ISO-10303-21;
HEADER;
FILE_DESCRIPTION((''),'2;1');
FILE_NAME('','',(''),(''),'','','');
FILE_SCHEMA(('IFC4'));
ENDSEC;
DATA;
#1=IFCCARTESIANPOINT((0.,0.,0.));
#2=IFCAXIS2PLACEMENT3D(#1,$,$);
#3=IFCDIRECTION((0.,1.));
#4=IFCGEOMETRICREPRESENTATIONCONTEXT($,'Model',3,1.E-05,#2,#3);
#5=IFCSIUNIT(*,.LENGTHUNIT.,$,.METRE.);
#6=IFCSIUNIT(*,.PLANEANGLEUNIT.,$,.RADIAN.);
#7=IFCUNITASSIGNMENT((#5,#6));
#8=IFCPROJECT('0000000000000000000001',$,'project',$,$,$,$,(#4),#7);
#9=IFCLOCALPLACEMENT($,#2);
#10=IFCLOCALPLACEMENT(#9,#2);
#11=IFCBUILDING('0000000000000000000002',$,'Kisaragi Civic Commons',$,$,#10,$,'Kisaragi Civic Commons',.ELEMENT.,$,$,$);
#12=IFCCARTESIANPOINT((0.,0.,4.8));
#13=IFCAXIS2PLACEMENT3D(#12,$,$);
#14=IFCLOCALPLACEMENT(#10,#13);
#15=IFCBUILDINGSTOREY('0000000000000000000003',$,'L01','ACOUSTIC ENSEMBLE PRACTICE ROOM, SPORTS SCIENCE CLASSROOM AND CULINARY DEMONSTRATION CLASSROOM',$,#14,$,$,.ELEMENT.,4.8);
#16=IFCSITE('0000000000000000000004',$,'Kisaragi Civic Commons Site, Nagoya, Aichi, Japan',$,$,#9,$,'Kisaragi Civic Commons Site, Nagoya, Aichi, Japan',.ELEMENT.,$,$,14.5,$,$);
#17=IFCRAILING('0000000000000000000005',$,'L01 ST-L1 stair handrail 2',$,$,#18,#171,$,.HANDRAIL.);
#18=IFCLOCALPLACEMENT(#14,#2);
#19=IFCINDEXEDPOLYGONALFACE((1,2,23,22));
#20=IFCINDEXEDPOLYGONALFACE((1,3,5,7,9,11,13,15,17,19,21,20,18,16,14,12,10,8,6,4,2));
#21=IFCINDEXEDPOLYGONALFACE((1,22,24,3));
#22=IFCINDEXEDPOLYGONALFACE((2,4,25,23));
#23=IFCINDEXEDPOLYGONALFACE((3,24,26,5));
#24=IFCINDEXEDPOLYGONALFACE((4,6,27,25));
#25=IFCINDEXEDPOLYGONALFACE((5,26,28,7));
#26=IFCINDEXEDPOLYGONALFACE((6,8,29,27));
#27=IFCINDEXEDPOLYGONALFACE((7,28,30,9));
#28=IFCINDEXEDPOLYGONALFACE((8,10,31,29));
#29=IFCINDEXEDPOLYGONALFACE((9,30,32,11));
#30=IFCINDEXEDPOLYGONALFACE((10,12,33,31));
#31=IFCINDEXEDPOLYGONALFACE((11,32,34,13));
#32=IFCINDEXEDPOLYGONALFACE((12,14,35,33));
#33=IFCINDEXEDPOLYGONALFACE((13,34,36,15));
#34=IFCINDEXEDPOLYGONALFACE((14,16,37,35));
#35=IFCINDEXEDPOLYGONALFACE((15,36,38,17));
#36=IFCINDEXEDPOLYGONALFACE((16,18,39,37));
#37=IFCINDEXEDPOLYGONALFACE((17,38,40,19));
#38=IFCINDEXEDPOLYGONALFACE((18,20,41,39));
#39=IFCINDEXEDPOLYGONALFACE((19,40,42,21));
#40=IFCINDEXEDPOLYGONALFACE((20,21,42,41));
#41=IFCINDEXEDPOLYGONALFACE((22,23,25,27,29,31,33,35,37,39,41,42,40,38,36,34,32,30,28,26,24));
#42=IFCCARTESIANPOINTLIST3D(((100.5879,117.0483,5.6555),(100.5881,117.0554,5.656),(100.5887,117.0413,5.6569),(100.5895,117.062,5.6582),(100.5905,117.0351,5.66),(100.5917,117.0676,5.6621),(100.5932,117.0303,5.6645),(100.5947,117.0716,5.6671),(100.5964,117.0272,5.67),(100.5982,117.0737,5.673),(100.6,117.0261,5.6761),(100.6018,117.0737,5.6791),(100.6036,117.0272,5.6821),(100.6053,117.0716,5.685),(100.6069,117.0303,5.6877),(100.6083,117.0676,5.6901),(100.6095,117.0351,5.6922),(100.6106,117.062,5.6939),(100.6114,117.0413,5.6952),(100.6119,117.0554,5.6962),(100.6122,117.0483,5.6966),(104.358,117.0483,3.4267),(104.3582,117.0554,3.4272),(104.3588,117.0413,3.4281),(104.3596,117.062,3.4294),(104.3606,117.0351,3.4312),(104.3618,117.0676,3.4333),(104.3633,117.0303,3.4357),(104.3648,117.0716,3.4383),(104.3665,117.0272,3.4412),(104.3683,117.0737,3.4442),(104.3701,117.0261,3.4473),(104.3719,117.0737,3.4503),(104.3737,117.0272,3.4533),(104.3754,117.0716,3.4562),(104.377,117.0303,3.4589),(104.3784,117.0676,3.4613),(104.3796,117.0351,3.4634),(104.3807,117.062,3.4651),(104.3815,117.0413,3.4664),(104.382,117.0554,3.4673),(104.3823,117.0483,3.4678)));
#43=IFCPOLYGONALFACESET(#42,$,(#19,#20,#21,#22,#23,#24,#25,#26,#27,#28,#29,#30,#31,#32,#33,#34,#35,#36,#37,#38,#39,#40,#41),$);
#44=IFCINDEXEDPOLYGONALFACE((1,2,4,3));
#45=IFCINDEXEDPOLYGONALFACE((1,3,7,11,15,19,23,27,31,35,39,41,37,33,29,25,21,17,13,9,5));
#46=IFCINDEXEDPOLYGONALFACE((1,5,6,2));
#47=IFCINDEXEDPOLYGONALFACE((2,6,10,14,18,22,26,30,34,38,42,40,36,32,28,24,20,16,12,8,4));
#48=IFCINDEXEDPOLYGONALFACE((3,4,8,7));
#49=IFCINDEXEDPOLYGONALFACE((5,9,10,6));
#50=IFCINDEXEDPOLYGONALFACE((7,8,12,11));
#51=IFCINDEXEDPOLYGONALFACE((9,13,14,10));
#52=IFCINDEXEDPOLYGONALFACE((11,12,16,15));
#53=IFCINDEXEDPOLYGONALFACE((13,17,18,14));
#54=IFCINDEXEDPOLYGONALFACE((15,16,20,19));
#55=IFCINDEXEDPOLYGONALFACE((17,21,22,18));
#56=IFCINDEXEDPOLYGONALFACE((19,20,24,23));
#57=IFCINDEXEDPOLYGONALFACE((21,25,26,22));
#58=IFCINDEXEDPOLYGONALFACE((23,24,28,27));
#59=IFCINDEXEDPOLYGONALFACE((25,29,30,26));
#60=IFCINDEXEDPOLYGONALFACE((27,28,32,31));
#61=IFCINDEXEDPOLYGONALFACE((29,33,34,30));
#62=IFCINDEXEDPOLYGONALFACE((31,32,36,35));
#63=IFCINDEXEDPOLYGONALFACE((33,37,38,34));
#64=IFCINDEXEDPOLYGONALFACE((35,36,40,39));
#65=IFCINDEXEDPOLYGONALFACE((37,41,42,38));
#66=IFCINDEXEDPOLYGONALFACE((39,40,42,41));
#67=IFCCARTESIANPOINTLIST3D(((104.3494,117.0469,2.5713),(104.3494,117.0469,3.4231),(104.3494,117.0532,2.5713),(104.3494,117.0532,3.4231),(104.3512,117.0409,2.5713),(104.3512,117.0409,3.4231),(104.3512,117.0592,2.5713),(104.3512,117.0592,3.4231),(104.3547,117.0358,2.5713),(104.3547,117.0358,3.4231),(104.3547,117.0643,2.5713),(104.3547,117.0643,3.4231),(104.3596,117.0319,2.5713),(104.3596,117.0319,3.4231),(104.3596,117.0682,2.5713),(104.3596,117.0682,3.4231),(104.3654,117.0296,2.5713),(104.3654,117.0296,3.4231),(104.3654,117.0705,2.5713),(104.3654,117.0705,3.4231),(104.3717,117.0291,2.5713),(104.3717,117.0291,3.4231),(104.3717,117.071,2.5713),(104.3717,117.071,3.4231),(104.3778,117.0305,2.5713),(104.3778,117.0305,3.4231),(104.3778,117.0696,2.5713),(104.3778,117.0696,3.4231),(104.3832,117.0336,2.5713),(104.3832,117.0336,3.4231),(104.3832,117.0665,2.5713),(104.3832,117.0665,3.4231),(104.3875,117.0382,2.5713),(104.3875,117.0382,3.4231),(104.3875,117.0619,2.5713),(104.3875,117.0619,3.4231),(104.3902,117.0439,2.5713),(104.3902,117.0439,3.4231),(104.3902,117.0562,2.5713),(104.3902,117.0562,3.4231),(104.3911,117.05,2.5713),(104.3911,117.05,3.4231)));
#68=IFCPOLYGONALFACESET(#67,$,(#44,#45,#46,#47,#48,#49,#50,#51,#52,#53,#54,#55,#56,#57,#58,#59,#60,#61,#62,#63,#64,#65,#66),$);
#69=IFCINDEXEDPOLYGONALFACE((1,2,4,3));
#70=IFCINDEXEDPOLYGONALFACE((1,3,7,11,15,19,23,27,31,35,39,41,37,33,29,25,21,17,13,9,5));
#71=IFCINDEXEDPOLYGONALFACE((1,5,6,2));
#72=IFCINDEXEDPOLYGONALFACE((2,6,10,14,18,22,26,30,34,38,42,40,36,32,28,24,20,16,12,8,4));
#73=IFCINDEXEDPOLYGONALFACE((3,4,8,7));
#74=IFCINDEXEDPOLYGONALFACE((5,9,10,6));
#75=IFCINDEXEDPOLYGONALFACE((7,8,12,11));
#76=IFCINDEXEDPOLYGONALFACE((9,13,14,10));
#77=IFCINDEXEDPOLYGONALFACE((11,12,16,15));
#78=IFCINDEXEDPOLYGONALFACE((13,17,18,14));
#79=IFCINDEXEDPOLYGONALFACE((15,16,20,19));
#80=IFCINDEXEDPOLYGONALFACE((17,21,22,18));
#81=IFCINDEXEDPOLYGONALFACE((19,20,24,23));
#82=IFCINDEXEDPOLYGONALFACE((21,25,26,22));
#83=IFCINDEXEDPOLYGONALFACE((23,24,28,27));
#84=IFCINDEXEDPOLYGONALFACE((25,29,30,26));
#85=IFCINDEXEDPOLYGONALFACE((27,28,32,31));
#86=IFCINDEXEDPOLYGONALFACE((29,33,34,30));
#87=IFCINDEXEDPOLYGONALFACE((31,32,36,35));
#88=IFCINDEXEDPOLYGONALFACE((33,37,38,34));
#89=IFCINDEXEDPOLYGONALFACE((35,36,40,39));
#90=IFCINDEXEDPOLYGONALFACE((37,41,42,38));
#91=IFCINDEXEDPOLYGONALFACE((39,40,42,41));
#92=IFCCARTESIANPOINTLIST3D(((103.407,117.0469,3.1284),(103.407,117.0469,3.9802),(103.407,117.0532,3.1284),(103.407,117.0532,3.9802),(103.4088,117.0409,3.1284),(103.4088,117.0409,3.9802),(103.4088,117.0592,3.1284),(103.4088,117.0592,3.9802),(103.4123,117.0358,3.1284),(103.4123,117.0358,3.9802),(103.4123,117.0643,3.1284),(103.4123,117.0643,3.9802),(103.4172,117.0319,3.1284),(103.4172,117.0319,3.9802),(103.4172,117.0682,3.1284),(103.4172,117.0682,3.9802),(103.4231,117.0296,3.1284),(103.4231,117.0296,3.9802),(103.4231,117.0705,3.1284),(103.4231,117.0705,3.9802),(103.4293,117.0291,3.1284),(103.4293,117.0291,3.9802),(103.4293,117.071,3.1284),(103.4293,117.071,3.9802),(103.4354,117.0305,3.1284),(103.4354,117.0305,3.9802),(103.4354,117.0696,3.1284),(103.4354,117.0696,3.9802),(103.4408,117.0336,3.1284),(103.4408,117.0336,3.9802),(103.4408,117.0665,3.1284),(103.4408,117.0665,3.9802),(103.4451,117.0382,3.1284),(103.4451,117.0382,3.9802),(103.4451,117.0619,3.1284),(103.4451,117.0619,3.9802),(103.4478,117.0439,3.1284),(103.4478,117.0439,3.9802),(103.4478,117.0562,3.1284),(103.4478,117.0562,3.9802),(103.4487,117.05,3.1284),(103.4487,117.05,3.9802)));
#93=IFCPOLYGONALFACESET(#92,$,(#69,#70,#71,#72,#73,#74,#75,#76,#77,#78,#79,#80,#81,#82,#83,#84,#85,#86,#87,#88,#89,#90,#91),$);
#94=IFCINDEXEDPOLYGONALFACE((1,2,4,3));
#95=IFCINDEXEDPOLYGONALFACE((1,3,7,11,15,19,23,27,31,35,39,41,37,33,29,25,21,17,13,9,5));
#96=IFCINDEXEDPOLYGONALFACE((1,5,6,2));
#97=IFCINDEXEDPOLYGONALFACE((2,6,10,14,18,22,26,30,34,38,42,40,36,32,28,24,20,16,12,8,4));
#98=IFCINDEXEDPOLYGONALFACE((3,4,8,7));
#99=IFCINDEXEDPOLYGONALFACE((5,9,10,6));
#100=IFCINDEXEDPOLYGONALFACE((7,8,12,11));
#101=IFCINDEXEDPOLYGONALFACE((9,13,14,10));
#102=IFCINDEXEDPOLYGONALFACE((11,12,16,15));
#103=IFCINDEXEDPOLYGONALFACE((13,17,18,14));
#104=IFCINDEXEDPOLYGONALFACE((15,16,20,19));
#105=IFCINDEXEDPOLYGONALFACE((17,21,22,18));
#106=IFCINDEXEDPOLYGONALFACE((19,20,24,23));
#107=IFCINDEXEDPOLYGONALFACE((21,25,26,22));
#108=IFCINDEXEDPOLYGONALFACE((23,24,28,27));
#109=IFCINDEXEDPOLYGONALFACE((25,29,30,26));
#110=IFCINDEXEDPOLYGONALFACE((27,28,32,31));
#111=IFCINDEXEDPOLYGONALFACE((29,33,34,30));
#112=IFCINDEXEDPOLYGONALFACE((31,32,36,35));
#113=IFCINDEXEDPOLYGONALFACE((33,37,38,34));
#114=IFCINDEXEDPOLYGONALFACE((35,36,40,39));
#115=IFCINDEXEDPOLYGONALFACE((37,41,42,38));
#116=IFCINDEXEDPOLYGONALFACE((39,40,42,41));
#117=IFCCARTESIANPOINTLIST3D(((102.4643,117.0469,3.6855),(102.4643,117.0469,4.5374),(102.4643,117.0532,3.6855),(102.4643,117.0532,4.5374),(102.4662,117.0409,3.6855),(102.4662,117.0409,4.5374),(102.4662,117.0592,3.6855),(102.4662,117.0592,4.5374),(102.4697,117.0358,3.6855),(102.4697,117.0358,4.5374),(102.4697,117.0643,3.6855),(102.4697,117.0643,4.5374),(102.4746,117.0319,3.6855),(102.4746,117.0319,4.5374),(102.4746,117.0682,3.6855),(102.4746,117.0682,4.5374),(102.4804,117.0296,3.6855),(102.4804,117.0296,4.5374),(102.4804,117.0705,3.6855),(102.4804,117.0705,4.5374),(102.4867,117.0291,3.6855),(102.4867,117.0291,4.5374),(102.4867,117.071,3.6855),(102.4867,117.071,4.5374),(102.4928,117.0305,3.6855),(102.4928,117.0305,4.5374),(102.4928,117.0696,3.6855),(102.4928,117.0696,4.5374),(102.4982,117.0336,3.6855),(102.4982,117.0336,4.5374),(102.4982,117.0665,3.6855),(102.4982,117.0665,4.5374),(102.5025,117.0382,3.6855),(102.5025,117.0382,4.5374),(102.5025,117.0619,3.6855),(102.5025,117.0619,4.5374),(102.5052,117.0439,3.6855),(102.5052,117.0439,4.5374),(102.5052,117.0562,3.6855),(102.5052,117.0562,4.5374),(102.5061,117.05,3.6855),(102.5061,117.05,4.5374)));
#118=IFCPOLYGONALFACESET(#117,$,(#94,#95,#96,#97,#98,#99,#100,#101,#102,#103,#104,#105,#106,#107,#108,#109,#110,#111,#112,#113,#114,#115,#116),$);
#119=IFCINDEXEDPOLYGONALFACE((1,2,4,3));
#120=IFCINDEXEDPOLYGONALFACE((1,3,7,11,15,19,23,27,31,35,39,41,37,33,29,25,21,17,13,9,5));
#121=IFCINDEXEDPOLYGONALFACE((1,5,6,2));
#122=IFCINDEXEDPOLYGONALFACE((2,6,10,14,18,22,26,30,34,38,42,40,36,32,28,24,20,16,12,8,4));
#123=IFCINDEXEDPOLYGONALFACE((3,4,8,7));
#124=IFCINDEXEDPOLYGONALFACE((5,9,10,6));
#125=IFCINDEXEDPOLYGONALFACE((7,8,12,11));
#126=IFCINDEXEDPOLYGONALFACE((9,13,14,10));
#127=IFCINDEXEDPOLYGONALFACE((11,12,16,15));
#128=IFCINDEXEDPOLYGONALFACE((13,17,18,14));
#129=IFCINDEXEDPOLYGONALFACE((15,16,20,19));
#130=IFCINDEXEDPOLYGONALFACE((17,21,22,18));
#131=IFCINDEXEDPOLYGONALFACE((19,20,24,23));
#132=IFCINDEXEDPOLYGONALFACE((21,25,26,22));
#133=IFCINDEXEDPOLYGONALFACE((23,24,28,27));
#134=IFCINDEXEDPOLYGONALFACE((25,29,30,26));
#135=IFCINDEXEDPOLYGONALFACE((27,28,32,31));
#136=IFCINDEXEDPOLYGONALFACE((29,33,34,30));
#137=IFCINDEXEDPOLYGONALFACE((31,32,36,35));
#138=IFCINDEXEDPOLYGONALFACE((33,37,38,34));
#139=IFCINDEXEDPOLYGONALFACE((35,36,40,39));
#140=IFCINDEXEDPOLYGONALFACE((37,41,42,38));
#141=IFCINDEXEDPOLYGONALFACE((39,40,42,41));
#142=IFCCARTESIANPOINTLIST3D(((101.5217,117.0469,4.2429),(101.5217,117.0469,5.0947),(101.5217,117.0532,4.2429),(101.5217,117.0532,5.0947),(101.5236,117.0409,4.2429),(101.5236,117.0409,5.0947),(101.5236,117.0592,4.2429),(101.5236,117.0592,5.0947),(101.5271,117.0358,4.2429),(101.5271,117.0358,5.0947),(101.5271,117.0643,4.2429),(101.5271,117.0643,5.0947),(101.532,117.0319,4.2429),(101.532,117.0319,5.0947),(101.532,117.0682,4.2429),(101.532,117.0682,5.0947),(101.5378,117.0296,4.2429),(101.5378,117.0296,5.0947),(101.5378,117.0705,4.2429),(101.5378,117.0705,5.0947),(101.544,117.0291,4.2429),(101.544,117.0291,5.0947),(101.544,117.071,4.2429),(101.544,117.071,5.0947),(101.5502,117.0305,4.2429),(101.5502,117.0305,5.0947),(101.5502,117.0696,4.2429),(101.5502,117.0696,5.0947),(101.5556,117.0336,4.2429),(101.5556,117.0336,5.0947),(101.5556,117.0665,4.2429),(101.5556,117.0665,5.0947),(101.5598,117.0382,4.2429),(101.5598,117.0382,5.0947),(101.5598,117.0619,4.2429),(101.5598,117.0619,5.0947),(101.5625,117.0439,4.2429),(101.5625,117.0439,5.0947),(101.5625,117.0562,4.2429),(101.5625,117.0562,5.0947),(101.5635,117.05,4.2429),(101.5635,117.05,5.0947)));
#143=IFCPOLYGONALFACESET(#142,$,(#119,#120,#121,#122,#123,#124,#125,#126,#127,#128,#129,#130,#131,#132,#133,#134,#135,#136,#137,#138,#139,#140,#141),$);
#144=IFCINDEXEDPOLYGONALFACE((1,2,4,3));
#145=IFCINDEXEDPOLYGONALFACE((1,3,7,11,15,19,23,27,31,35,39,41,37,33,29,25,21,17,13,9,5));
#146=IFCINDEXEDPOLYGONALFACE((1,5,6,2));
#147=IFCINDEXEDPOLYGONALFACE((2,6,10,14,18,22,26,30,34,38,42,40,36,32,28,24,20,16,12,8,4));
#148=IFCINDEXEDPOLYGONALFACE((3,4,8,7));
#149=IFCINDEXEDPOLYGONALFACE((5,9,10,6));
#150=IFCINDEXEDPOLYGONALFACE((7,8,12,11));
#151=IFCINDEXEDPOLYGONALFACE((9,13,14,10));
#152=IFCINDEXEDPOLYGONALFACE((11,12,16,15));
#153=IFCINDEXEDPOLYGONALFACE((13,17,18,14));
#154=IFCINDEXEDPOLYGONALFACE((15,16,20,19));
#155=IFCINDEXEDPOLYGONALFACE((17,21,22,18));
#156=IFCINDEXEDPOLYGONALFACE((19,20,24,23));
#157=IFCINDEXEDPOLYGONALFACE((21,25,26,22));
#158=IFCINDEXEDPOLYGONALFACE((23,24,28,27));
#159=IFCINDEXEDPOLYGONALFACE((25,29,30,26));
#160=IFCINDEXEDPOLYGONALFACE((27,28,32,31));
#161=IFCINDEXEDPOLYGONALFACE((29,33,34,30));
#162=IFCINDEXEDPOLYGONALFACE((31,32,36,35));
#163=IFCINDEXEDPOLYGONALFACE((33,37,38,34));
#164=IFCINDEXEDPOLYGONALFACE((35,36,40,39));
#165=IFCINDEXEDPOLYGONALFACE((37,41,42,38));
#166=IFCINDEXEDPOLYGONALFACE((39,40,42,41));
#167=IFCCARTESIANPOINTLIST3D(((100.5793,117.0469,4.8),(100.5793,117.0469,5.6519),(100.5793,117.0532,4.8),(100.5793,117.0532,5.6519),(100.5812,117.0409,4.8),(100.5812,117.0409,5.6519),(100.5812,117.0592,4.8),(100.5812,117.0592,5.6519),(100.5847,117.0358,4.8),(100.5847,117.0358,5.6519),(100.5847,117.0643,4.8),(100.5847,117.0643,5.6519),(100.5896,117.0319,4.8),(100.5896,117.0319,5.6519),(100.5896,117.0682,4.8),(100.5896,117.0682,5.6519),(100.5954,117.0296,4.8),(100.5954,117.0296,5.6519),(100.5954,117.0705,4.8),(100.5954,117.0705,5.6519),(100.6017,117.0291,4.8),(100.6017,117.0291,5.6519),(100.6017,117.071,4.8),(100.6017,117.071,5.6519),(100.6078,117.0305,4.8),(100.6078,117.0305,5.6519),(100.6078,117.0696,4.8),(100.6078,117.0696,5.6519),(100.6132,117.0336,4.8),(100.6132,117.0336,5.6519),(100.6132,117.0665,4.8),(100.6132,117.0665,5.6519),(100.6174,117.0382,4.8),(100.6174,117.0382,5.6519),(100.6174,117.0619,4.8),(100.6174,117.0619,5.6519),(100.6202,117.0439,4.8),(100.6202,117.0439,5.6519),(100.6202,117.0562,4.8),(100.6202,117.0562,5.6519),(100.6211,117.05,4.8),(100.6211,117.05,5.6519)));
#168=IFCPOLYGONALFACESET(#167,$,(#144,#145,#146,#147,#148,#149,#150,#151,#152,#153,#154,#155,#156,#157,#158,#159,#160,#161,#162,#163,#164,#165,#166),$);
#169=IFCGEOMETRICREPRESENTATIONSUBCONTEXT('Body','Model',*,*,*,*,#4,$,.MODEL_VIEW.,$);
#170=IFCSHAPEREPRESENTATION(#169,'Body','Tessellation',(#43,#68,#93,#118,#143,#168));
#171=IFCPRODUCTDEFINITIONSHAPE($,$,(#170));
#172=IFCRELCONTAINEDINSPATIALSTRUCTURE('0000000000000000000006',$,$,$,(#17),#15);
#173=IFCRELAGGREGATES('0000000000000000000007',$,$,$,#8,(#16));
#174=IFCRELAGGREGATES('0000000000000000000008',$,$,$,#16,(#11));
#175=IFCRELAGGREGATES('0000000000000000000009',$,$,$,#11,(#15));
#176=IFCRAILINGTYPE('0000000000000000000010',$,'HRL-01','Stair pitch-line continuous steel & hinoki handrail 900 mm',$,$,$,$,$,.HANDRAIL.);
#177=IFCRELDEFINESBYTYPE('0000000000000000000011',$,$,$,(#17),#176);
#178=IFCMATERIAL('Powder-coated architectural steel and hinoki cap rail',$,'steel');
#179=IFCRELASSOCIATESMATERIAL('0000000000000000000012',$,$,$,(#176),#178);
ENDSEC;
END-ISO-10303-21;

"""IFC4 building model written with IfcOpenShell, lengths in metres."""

from ifc_helpers import new_model, si_unit, direction, frame, origin, origin_2d, place, context, subcontext, project, spatial, circle, extrude, material, type_object, element, save


model = new_model("IFC4")

# Units and contexts
model_context = context("Model", 3, precision=1e-05, world=origin(), true_north=direction((0.0, 1.0)))
body_context = subcontext(model_context, "Body", "Model", "MODEL_VIEW")
ifc_project = project(units=[si_unit("LENGTHUNIT", "METRE"), si_unit("PLANEANGLEUNIT", "RADIAN")], contexts=[model_context])

# Site, building, storey
site_placement = place(None, origin())
site = spatial("IfcSite", under=ifc_project, at=site_placement, Name="Kisaragi Civic Commons Site, Nagoya, Aichi, Japan", LongName="Kisaragi Civic Commons Site, Nagoya, Aichi, Japan", CompositionType="ELEMENT", RefElevation=14.5)
building_placement = place(site_placement, origin())
building = spatial("IfcBuilding", under=site, at=building_placement, Name="Kisaragi Civic Commons", LongName="Kisaragi Civic Commons", CompositionType="ELEMENT")
storey_placement = place(building_placement, frame((0.0, 0.0, 4.8)))
storey = spatial("IfcBuildingStorey", under=building, at=storey_placement, Name="L01", Description="ACOUSTIC ENSEMBLE PRACTICE ROOM, SPORTS SCIENCE CLASSROOM AND CULINARY DEMONSTRATION CLASSROOM", CompositionType="ELEMENT", Elevation=4.8)

# Railing
ifc_material_1 = material(Name="Powder-coated architectural steel and hinoki cap rail", Category="steel")
railing_type_1 = type_object("IfcRailingType", Name="HRL-01", Description="Stair pitch-line continuous steel & hinoki handrail 900 mm", PredefinedType="HANDRAIL", material=ifc_material_1)
for number, where, name in (
    (1, (104.3701, 117.05, 2.5713), "L01 ST-L1 stair handrail 2"),
):
    element("IfcRailing", number, at=place(storey_placement, frame(where)), inside=storey, type_object=railing_type_1, Name=name, PredefinedType="HANDRAIL", context=body_context, shape_type="SweptSolid", body=[
        extrude(circle(Radius=0.0239, at=origin_2d()), frame((0.0, 0.0, 0.876), z_axis=(-0.860824, 0.0, 0.508902), x_axis=(0.0, -1.0, 0.0)), (0.0, 0.0, 1.0), 4.3796),
        extrude(circle(Radius=0.021, at=origin_2d()), origin(), (0.0, 0.0, 1.0), 0.8518),
        extrude(circle(Radius=0.021, at=origin_2d()), frame((-0.9424, 0.0, 0.5571)), (0.0, 0.0, 1.0), 0.8518),
        extrude(circle(Radius=0.021, at=origin_2d()), frame((-1.885, 0.0, 1.1143)), (0.0, 0.0, 1.0), 0.8518),
        extrude(circle(Radius=0.021, at=origin_2d()), frame((-2.8276, 0.0, 1.6716)), (0.0, 0.0, 1.0), 0.8518),
        extrude(circle(Radius=0.021, at=origin_2d()), frame((-3.77, 0.0, 2.2288)), (0.0, 0.0, 1.0), 0.8518),
    ])

save(model, "model.ifc")
